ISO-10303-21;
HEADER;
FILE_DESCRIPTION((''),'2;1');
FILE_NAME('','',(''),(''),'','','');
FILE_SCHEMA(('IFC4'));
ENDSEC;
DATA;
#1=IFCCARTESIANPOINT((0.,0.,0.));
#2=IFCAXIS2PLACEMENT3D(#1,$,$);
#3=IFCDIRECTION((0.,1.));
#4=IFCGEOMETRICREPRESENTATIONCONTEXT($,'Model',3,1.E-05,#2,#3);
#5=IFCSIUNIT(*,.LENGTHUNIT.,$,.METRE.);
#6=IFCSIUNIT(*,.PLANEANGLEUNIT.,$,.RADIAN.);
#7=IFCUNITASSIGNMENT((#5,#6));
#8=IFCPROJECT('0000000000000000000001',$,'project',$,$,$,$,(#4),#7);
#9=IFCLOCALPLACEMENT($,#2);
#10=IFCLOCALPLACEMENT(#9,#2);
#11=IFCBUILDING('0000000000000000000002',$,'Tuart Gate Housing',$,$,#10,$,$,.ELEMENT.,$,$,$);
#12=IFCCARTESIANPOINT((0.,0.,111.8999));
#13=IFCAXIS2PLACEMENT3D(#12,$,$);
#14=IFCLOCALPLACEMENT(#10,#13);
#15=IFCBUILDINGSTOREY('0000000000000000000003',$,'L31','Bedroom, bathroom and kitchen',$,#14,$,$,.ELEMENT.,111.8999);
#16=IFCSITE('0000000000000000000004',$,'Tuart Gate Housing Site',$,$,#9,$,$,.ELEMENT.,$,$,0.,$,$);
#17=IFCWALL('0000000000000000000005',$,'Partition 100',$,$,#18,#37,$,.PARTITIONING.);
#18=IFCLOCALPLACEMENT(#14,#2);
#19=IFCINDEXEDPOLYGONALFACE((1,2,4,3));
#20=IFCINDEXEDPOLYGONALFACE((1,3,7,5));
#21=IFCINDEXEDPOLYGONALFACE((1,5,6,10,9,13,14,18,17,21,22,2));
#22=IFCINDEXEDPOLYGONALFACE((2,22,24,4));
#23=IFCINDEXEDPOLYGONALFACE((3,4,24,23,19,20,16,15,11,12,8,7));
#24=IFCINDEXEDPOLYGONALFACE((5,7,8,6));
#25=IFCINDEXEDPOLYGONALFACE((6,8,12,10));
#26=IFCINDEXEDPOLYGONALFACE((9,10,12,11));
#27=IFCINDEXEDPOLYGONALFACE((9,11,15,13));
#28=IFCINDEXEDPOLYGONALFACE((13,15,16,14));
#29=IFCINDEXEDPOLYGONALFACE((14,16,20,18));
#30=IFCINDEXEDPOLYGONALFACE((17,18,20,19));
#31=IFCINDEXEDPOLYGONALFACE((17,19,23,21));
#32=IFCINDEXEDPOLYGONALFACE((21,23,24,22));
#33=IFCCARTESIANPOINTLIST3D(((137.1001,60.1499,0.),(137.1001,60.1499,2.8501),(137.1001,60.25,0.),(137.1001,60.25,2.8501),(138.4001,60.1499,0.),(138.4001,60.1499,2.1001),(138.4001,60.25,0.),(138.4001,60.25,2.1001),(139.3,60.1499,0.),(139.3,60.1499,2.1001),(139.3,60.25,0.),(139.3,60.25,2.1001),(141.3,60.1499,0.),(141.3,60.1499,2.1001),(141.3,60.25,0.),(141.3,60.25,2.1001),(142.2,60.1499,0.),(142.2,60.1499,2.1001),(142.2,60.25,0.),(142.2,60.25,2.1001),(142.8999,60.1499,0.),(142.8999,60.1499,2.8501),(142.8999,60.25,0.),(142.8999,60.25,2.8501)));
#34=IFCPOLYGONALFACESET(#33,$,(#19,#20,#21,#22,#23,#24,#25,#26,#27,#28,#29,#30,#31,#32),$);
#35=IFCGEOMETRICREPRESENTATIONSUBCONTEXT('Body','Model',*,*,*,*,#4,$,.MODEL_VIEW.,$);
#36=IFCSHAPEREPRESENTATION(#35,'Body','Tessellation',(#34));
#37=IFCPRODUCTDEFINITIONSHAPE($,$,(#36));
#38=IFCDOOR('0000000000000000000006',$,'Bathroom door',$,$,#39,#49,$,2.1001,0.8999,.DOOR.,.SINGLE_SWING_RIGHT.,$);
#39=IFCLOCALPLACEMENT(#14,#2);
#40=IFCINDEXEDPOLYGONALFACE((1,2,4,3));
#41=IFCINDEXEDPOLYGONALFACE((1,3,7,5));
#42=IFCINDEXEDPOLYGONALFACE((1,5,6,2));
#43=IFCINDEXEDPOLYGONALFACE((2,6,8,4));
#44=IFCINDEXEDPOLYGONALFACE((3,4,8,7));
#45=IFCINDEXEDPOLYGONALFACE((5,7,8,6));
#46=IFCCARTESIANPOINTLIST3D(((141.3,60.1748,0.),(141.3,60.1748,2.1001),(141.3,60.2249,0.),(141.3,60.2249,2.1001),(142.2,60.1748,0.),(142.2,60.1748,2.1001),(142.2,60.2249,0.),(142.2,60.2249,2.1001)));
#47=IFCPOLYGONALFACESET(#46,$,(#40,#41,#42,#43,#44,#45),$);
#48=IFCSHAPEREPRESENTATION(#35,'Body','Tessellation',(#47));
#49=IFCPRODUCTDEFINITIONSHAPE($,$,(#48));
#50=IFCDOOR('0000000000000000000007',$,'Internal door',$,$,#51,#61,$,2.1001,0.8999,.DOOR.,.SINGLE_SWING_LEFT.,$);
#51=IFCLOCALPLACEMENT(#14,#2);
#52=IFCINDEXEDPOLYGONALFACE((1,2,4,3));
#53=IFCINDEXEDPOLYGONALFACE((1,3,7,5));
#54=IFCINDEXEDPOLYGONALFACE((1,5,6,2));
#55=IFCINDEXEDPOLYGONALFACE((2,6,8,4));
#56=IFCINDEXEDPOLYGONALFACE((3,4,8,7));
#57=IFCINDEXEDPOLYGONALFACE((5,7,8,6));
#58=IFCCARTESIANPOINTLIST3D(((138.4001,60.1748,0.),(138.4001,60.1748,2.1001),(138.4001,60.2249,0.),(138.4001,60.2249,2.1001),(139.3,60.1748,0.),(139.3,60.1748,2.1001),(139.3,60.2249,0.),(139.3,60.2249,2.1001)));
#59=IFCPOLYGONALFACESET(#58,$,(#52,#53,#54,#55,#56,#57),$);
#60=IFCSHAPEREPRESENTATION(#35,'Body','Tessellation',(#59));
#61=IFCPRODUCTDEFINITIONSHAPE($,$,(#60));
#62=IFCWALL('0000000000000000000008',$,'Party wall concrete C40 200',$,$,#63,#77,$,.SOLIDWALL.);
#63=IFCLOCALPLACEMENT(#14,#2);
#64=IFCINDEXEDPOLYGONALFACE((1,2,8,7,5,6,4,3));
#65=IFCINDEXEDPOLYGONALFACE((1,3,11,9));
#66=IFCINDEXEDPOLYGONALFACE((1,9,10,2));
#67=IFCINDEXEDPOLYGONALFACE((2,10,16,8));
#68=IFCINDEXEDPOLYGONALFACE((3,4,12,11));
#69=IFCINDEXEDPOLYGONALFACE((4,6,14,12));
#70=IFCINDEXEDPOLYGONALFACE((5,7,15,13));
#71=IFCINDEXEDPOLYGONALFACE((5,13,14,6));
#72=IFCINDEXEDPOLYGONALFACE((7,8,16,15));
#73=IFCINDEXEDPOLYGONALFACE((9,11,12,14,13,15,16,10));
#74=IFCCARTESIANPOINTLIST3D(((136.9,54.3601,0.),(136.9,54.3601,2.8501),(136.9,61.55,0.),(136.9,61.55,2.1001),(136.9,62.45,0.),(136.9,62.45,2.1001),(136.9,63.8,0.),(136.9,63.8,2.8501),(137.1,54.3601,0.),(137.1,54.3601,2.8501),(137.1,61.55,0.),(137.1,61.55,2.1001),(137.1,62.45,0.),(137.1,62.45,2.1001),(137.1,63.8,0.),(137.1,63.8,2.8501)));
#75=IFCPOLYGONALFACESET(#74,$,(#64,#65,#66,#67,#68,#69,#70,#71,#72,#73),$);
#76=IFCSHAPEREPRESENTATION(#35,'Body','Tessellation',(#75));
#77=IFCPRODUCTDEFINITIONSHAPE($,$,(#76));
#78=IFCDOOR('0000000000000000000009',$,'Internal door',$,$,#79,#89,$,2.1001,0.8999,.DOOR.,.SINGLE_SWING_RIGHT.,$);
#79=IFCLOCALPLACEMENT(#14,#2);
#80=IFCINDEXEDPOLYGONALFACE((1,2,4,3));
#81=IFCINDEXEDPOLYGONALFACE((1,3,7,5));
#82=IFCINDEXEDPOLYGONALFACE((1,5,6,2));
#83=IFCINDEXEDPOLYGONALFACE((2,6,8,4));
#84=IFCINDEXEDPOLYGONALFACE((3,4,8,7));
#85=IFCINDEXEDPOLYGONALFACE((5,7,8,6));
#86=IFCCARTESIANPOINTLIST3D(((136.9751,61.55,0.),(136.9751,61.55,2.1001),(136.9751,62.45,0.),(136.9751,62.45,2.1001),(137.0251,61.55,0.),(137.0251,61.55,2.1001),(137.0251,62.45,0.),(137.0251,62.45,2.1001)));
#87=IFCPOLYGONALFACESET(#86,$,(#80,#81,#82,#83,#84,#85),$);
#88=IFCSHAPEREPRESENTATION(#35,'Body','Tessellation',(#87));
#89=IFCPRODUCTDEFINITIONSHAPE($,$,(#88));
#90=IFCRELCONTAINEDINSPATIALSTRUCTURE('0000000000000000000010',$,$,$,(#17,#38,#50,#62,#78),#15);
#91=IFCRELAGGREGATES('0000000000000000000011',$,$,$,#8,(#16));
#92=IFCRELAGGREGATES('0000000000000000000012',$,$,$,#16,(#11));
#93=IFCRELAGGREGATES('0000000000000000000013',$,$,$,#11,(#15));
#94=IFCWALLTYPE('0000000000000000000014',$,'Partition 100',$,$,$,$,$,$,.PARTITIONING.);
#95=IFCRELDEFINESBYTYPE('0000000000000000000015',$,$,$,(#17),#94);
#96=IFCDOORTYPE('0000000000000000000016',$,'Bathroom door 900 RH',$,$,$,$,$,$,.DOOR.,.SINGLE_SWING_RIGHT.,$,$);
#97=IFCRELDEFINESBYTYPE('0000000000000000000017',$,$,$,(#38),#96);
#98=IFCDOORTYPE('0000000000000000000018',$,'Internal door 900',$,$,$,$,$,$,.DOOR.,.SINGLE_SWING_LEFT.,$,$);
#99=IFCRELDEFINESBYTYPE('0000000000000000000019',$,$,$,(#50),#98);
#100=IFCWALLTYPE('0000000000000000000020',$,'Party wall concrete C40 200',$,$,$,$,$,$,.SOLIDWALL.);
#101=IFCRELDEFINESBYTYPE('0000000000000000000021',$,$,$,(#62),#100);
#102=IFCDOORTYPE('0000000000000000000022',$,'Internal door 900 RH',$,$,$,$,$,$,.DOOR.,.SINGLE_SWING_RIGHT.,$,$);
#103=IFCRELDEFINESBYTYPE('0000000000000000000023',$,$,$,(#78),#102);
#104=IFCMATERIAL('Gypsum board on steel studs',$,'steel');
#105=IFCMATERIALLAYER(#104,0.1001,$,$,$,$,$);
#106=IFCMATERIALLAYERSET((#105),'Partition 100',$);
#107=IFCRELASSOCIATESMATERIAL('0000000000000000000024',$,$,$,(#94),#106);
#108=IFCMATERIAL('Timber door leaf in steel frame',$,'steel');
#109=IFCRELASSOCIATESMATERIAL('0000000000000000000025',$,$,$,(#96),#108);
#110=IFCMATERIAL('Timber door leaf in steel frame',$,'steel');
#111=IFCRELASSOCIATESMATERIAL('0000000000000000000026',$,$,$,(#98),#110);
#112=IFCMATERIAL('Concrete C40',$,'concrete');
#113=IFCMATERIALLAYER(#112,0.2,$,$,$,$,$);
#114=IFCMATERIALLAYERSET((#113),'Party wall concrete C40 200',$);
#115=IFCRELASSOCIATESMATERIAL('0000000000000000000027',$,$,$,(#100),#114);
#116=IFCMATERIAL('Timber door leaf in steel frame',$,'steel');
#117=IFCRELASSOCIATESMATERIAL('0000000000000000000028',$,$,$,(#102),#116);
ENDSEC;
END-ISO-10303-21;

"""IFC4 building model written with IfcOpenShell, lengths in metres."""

from ifc_helpers import new_model, si_unit, direction, frame, frame_2d, origin, place, context, subcontext, project, spatial, rectangle, extrude, material, layer, layer_set, type_object, element, fill, save


model = new_model("IFC4")

# Units and contexts
model_context = context("Model", 3, precision=1e-05, world=origin(), true_north=direction((0.0, 1.0)))
body_context = subcontext(model_context, "Body", "Model", "MODEL_VIEW")
ifc_project = project(units=[si_unit("LENGTHUNIT", "METRE"), si_unit("PLANEANGLEUNIT", "RADIAN")], contexts=[model_context])

# Site, building, storey
site_placement = place(None, origin())
site = spatial("IfcSite", under=ifc_project, at=site_placement, Name="Tuart Gate Housing Site", CompositionType="ELEMENT", RefElevation=0.0)
building_placement = place(site_placement, origin())
building = spatial("IfcBuilding", under=site, at=building_placement, Name="Tuart Gate Housing", CompositionType="ELEMENT")
storey_placement = place(building_placement, frame((0.0, 0.0, 111.8999)))
storey = spatial("IfcBuildingStorey", under=building, at=storey_placement, Name="L31", Description="Bedroom, bathroom and kitchen", CompositionType="ELEMENT", Elevation=111.8999)

# Wall, openings, doors
ifc_material_1 = material(Name="Gypsum board on steel studs", Category="steel")
ifc_layer_1 = layer(ifc_material_1, 0.1001)
ifc_layer_set_1 = layer_set([ifc_layer_1], Name="Partition 100")
wall_type_1 = type_object("IfcWallType", Name="Partition 100", PredefinedType="PARTITIONING", material=ifc_layer_set_1)
wall_1_placement = place(storey_placement, frame((137.1001, 60.2, 0.0), z_axis=(0.0, 0.0, 1.0), x_axis=(1.0, 0.0, 0.0)))
wall_1 = element("IfcWall", 1, at=wall_1_placement, inside=storey, type_object=wall_type_1, Name="Partition 100", PredefinedType="PARTITIONING", context=body_context, shape_type="SweptSolid", body=[
    extrude(rectangle(XDim=5.7998, YDim=0.1001, at=frame_2d((2.8999, 0.0))), origin(), (0.0, 0.0, 1.0), 2.8501),
])
opening_1_placement = place(wall_1_placement, frame((1.3, 0.0, 0.0)))
opening_1 = element("IfcOpeningElement", 2, at=opening_1_placement, cuts=wall_1, PredefinedType="OPENING", context=body_context, shape_type="SweptSolid", body=[
    extrude(rectangle(XDim=0.8999, YDim=2.1001, at=frame_2d((0.45, 1.05))), frame((0.0, 0.0601, 0.0), z_axis=(0.0, -1.0, 0.0), x_axis=(1.0, 0.0, 0.0)), (0.0, 0.0, 1.0), 0.1201),
])
opening_2_placement = place(wall_1_placement, frame((4.2, 0.0, 0.0)))
opening_2 = element("IfcOpeningElement", 3, at=opening_2_placement, cuts=wall_1, PredefinedType="OPENING", context=body_context, shape_type="SweptSolid", body=[
    extrude(rectangle(XDim=0.8999, YDim=2.1001, at=frame_2d((0.45, 1.05))), frame((0.0, 0.0601, 0.0), z_axis=(0.0, -1.0, 0.0), x_axis=(1.0, 0.0, 0.0)), (0.0, 0.0, 1.0), 0.1201),
])
ifc_material_2 = material(Name="Timber door leaf in steel frame", Category="steel")
door_type_1 = type_object("IfcDoorType", Name="Bathroom door 900 RH", OperationType="SINGLE_SWING_RIGHT", PredefinedType="DOOR", material=ifc_material_2)
door_1_placement = place(opening_2_placement, frame((0.8999, 0.0, 0.0), z_axis=(0.0, 0.0, 1.0), x_axis=(-1.0, 0.0, 0.0)))
door_1 = element("IfcDoor", 4, at=door_1_placement, inside=storey, type_object=door_type_1, Name="Bathroom door", OperationType="SINGLE_SWING_RIGHT", OverallHeight=2.1001, OverallWidth=0.8999, PredefinedType="DOOR", context=body_context, shape_type="SweptSolid", body=[
    extrude(rectangle(XDim=0.8999, YDim=2.1001, at=frame_2d((0.45, 1.05))), frame((0.0, 0.0251, 0.0), z_axis=(0.0, -1.0, 0.0), x_axis=(1.0, 0.0, 0.0)), (0.0, 0.0, 1.0), 0.05),
])
fill(opening_2, door_1)
ifc_material_3 = material(Name="Timber door leaf in steel frame", Category="steel")
door_type_2 = type_object("IfcDoorType", Name="Internal door 900", OperationType="SINGLE_SWING_LEFT", PredefinedType="DOOR", material=ifc_material_3)
door_2_placement = place(opening_1_placement, frame((0.8999, 0.0, 0.0), z_axis=(0.0, 0.0, 1.0), x_axis=(-1.0, 0.0, 0.0)))
door_2 = element("IfcDoor", 5, at=door_2_placement, inside=storey, type_object=door_type_2, Name="Internal door", OperationType="SINGLE_SWING_LEFT", OverallHeight=2.1001, OverallWidth=0.8999, PredefinedType="DOOR", context=body_context, shape_type="SweptSolid", body=[
    extrude(rectangle(XDim=0.8999, YDim=2.1001, at=frame_2d((0.45, 1.05))), frame((0.0, 0.0251, 0.0), z_axis=(0.0, -1.0, 0.0), x_axis=(1.0, 0.0, 0.0)), (0.0, 0.0, 1.0), 0.05),
])
fill(opening_1, door_2)

# Wall, opening, door
ifc_material_4 = material(Name="Concrete C40", Category="concrete")
ifc_layer_2 = layer(ifc_material_4, 0.2)
ifc_layer_set_2 = layer_set([ifc_layer_2], Name="Party wall concrete C40 200")
wall_type_2 = type_object("IfcWallType", Name="Party wall concrete C40 200", PredefinedType="SOLIDWALL", material=ifc_layer_set_2)
wall_2_placement = place(storey_placement, frame((137.0, 54.3601, 0.0), z_axis=(0.0, 0.0, 1.0), x_axis=(0.0, 1.0, 0.0)))
wall_2 = element("IfcWall", 6, at=wall_2_placement, inside=storey, type_object=wall_type_2, Name="Party wall concrete C40 200", PredefinedType="SOLIDWALL", context=body_context, shape_type="SweptSolid", body=[
    extrude(rectangle(XDim=9.4399, YDim=0.2, at=frame_2d((4.72, 0.0))), origin(), (0.0, 0.0, 1.0), 2.8501),
])
opening_3_placement = place(wall_2_placement, frame((7.1899, 0.0, 0.0)))
opening_3 = element("IfcOpeningElement", 7, at=opening_3_placement, cuts=wall_2, PredefinedType="OPENING", context=body_context, shape_type="SweptSolid", body=[
    extrude(rectangle(XDim=0.8999, YDim=2.1001, at=frame_2d((0.45, 1.05))), frame((0.0, 0.1099, 0.0), z_axis=(0.0, -1.0, 0.0), x_axis=(1.0, 0.0, 0.0)), (0.0, 0.0, 1.0), 0.22),
])
ifc_material_5 = material(Name="Timber door leaf in steel frame", Category="steel")
door_type_3 = type_object("IfcDoorType", Name="Internal door 900 RH", OperationType="SINGLE_SWING_RIGHT", PredefinedType="DOOR", material=ifc_material_5)
door_3_placement = place(opening_3_placement, frame((0.8999, 0.0, 0.0), z_axis=(0.0, 0.0, 1.0), x_axis=(-1.0, 0.0, 0.0)))
door_3 = element("IfcDoor", 8, at=door_3_placement, inside=storey, type_object=door_type_3, Name="Internal door", OperationType="SINGLE_SWING_RIGHT", OverallHeight=2.1001, OverallWidth=0.8999, PredefinedType="DOOR", context=body_context, shape_type="SweptSolid", body=[
    extrude(rectangle(XDim=0.8999, YDim=2.1001, at=frame_2d((0.45, 1.05))), frame((0.0, 0.0251, 0.0), z_axis=(0.0, -1.0, 0.0), x_axis=(1.0, 0.0, 0.0)), (0.0, 0.0, 1.0), 0.05),
])
fill(opening_3, door_3)

save(model, "model.ifc")
